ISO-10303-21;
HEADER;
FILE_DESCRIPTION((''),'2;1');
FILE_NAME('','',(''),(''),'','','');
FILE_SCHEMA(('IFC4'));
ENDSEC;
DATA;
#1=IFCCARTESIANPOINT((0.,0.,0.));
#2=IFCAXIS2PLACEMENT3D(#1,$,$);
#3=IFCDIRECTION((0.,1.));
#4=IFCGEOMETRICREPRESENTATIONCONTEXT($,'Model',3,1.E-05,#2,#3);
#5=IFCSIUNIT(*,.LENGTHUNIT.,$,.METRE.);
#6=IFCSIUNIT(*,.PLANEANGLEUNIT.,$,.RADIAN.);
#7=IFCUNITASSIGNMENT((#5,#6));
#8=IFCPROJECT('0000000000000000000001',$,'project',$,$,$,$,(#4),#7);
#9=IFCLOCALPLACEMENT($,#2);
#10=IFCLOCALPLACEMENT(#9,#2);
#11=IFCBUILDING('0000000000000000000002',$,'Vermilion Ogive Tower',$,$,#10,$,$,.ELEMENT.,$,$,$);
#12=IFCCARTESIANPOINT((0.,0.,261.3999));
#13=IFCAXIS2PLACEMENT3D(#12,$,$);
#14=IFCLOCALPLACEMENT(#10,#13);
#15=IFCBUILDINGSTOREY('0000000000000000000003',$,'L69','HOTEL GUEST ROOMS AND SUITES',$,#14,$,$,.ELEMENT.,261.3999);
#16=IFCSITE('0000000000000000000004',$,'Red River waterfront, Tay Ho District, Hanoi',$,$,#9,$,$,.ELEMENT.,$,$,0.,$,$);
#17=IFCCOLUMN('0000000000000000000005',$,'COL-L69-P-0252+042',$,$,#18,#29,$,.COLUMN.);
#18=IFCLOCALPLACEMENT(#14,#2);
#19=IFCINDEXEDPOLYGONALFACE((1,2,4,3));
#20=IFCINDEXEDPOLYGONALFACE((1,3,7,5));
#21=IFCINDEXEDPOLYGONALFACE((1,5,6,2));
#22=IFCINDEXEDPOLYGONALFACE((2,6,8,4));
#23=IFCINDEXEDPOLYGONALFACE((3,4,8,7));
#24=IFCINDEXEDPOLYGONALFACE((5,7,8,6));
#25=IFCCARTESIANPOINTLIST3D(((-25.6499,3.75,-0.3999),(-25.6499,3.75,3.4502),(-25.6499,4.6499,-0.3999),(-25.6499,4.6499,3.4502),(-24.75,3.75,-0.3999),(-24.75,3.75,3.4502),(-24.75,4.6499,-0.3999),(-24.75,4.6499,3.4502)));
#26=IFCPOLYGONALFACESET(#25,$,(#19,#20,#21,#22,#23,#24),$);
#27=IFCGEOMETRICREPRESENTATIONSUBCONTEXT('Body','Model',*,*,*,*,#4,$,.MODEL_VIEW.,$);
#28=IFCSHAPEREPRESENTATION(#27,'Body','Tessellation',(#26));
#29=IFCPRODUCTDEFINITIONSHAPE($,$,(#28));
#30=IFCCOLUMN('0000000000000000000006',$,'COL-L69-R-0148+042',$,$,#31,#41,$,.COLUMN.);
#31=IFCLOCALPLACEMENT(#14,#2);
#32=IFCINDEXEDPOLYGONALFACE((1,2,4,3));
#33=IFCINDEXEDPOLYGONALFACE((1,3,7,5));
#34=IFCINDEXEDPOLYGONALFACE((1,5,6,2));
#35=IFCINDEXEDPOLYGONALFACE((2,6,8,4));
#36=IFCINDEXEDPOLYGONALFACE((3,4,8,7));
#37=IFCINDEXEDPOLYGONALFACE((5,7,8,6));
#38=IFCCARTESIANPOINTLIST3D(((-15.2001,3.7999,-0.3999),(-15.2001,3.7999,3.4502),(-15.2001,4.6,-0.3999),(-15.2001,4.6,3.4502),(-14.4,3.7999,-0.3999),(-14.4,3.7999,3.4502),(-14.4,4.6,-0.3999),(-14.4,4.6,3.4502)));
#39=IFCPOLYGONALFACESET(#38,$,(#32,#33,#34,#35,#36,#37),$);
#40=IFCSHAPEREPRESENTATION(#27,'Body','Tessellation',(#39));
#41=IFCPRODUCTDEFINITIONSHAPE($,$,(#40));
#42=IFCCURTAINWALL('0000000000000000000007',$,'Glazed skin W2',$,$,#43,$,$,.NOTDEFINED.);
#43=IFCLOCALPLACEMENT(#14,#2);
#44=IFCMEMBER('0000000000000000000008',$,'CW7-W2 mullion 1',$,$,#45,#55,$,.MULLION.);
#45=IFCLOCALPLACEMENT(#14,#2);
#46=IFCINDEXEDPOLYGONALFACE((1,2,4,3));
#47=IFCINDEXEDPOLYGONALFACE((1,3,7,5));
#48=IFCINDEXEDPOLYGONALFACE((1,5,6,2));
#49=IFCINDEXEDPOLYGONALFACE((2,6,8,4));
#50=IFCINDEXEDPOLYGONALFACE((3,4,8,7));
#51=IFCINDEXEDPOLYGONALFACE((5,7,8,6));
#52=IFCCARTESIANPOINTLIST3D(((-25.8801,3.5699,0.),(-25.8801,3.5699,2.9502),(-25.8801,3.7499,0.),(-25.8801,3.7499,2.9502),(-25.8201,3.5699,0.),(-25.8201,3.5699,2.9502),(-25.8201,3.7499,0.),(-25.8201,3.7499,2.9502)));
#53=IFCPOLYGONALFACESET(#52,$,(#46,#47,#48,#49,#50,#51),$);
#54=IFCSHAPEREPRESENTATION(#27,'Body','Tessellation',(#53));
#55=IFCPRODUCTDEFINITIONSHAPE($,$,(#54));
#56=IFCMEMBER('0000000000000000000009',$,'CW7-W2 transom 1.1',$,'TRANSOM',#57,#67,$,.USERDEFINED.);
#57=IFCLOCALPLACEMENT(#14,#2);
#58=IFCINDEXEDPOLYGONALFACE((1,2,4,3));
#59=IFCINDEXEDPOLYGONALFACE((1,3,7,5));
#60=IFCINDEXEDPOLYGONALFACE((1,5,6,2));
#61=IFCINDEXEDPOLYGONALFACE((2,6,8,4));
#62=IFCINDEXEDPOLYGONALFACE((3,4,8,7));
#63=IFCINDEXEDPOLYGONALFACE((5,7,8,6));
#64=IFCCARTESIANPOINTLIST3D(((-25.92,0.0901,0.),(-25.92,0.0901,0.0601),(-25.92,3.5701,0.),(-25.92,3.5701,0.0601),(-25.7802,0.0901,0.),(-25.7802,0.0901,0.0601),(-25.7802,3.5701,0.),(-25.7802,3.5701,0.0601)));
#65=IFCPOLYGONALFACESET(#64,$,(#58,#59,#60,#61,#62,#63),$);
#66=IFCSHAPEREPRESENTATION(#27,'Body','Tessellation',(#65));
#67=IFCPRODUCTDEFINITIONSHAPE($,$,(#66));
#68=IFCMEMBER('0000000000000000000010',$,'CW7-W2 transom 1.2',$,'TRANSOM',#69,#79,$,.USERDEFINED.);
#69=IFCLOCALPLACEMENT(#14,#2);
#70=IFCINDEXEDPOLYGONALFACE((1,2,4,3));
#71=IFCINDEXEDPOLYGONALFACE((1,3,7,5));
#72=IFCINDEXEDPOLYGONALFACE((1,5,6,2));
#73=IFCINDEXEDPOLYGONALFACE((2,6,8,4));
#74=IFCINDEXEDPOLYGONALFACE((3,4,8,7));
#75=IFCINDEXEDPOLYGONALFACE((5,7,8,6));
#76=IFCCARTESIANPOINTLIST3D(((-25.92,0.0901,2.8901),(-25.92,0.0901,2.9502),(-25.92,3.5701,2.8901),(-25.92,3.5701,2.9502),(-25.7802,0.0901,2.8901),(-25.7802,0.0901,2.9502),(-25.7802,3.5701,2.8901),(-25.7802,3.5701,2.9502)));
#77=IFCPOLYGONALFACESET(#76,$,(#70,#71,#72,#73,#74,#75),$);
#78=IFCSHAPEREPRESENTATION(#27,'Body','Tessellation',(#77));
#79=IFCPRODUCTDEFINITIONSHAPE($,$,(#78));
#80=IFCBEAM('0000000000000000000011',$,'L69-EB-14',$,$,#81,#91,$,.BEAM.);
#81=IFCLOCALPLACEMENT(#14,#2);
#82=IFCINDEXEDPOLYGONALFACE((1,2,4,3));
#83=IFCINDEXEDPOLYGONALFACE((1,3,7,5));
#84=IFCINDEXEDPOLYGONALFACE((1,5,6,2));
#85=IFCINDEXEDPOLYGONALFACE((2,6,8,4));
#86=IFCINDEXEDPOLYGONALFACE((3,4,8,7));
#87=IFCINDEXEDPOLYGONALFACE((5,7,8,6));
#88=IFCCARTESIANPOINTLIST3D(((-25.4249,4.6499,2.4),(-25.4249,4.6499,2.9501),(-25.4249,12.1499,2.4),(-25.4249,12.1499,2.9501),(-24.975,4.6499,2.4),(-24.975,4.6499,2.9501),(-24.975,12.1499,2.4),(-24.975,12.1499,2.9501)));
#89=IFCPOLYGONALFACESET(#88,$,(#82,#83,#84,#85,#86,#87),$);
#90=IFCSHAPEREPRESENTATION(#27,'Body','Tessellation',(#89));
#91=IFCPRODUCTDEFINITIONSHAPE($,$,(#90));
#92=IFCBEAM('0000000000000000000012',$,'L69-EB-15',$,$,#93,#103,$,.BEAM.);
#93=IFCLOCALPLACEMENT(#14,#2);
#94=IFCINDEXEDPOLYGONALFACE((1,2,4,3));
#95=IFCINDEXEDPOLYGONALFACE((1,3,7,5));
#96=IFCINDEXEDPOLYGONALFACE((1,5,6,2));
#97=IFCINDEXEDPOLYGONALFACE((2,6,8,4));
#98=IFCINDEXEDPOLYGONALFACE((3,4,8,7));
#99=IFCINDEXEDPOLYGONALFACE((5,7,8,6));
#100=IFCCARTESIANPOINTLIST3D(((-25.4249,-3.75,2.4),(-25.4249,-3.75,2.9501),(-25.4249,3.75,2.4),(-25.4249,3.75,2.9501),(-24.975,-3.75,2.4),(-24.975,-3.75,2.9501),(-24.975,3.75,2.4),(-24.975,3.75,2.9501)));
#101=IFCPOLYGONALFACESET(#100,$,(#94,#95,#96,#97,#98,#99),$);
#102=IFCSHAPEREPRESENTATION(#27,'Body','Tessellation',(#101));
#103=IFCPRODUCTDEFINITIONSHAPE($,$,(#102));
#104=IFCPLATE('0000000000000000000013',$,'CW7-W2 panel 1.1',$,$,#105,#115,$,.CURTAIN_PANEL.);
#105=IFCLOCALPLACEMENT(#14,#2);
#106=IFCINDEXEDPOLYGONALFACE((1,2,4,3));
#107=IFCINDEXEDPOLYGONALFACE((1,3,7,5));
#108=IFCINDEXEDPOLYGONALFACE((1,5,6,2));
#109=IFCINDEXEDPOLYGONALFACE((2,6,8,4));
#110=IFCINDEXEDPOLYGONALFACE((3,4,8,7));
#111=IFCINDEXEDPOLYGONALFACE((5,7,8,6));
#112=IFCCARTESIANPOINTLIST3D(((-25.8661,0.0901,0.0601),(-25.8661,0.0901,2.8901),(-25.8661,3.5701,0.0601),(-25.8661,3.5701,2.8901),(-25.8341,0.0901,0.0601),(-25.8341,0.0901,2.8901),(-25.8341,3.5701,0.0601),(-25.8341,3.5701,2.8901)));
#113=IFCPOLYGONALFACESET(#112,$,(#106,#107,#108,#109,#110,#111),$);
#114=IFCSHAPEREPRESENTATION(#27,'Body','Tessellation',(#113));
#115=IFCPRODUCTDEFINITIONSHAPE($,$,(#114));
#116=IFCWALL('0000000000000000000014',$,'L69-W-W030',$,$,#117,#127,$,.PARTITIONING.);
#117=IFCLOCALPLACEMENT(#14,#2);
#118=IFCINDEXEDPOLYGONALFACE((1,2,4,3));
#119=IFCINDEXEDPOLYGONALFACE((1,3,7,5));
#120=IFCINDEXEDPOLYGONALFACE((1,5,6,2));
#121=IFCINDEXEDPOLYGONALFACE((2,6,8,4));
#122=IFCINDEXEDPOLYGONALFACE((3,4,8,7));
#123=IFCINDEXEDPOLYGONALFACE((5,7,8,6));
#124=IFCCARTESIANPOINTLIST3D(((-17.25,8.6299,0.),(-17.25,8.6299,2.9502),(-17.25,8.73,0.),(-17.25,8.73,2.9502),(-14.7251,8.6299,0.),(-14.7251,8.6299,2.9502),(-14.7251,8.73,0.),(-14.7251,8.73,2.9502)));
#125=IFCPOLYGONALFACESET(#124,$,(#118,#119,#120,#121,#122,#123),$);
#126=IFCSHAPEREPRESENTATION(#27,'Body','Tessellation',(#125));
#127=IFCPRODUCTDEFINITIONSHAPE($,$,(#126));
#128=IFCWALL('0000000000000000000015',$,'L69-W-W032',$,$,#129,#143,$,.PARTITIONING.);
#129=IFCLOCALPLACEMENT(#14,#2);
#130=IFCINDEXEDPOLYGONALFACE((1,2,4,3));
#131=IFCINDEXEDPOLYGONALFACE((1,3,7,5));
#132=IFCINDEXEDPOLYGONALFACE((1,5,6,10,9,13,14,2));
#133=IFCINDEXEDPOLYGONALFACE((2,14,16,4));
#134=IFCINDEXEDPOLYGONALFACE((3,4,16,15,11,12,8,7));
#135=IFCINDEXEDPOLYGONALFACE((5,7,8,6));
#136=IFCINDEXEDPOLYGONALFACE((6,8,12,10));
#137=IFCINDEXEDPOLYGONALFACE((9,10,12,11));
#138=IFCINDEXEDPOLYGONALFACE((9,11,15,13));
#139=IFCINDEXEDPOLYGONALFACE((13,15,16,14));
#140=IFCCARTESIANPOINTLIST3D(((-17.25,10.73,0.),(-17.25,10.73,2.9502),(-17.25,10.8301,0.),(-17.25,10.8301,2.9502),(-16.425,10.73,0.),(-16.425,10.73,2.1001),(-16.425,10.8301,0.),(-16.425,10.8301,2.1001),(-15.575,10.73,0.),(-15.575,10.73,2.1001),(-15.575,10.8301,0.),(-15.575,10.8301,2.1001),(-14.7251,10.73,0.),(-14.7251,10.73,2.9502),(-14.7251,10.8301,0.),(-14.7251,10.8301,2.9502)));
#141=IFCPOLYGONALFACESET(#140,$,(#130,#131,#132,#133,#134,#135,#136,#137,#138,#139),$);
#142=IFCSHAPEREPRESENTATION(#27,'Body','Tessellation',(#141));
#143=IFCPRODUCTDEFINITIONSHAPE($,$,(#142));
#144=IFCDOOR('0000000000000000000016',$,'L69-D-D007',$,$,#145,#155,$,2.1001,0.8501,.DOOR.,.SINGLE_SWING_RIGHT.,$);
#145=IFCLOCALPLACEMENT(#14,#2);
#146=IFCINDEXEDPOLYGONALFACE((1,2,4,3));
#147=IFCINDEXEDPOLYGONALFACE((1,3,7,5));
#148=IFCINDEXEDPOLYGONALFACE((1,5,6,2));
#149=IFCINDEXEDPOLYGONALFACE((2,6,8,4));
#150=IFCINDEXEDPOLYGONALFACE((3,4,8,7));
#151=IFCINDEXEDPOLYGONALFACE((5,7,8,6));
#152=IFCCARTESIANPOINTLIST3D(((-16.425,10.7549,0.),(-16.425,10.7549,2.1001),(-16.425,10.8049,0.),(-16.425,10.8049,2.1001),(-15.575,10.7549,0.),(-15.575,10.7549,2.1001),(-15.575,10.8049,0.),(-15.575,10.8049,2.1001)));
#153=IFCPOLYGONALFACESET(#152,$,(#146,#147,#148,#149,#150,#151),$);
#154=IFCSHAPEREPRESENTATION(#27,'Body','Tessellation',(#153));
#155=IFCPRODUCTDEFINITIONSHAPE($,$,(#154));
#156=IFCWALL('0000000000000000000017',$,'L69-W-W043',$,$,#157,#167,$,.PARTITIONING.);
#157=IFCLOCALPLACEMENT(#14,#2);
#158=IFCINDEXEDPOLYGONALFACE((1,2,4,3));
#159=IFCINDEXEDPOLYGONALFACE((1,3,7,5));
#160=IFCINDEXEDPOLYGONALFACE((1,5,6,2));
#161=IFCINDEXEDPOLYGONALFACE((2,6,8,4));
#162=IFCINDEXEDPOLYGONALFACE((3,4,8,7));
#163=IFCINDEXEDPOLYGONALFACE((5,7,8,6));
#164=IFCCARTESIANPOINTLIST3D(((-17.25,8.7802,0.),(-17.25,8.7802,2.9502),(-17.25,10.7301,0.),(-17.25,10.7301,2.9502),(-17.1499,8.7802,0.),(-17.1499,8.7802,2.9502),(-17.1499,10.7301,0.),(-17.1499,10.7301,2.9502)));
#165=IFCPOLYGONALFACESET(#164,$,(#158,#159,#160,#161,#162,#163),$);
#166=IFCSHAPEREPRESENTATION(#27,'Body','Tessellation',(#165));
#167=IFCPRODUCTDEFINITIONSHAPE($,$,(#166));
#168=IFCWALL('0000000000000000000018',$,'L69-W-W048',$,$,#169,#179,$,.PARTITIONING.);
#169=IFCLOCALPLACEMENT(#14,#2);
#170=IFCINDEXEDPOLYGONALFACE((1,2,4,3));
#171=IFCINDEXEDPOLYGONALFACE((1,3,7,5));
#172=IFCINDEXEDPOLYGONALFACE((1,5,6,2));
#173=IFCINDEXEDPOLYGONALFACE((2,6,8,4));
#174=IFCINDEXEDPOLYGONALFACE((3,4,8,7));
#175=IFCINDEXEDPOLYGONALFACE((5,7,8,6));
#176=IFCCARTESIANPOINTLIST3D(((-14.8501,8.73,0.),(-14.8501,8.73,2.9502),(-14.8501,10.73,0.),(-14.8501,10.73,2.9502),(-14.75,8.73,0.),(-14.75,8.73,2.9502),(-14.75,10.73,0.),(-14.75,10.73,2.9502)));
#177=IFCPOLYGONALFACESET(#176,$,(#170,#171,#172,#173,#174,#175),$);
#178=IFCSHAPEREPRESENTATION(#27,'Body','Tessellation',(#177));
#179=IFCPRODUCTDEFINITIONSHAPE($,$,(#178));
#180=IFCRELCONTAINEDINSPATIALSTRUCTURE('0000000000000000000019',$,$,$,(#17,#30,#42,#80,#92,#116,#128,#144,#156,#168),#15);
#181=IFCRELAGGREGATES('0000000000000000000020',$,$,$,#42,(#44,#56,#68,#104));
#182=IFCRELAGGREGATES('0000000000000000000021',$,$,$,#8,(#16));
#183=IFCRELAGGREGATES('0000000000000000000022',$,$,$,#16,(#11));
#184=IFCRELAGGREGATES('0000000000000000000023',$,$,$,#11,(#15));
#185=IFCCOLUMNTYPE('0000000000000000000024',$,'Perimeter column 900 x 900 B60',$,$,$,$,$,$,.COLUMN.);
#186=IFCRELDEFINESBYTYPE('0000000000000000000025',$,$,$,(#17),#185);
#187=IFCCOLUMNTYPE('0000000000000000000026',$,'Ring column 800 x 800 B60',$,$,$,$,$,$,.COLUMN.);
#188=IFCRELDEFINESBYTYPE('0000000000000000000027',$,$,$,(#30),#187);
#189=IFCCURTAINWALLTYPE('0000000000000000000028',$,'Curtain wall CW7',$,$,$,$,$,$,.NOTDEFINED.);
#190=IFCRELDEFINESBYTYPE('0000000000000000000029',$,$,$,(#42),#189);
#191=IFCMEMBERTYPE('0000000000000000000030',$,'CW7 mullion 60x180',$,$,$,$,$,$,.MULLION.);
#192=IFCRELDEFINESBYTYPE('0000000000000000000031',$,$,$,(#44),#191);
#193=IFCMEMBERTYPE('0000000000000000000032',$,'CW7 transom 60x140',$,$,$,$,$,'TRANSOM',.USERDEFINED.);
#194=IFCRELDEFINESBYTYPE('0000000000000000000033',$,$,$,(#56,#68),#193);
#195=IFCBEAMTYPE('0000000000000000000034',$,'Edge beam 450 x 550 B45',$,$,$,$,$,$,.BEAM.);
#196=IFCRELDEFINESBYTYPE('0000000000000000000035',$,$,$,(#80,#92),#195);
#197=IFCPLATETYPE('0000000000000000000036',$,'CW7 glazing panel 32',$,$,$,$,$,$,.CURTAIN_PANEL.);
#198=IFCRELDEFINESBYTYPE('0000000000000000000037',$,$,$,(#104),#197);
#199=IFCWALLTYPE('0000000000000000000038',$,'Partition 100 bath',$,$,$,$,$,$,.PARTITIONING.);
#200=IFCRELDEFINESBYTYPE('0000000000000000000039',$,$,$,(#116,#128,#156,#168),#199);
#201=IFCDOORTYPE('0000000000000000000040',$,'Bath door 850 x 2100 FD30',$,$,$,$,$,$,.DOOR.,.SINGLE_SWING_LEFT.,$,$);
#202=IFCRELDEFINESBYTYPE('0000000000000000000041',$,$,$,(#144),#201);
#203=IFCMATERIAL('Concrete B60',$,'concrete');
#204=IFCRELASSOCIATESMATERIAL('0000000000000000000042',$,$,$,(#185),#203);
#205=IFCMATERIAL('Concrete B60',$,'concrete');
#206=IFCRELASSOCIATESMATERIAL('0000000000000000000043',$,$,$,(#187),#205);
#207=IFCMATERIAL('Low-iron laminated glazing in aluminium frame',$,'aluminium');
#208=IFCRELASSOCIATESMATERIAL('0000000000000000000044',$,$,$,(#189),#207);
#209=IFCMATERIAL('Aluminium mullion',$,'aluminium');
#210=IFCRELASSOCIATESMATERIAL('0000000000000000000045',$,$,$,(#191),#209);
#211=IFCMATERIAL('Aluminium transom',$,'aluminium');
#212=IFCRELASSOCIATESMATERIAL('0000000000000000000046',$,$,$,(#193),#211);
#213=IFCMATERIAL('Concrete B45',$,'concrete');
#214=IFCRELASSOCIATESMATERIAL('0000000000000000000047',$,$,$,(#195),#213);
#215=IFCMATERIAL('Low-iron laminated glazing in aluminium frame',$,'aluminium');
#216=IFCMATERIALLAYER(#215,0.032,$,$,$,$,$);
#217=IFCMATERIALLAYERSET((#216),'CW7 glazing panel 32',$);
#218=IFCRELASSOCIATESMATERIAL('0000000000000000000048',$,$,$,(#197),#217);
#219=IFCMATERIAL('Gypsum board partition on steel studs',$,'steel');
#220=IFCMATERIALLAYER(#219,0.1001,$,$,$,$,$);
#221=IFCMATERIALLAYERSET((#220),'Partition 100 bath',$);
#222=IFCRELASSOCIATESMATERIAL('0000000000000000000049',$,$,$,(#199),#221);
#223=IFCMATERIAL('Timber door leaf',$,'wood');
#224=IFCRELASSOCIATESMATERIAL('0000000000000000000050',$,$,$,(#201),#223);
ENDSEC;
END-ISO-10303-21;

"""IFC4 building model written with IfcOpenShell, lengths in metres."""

from ifc_helpers import new_model, si_unit, direction, frame, frame_2d, origin, origin_2d, place, context, subcontext, project, spatial, rectangle, extrude, material, layer, layer_set, material_profile, profile_set, type_object, element, fill, aggregate, save


model = new_model("IFC4")

# Units and contexts
model_context = context("Model", 3, precision=1e-05, world=origin(), true_north=direction((0.0, 1.0)))
body_context = subcontext(model_context, "Body", "Model", "MODEL_VIEW")
ifc_project = project(units=[si_unit("LENGTHUNIT", "METRE"), si_unit("PLANEANGLEUNIT", "RADIAN")], contexts=[model_context])

# Site, building, storey
site_placement = place(None, origin())
site = spatial("IfcSite", under=ifc_project, at=site_placement, Name="Red River waterfront, Tay Ho District, Hanoi", CompositionType="ELEMENT", RefElevation=0.0)
building_placement = place(site_placement, origin())
building = spatial("IfcBuilding", under=site, at=building_placement, Name="Vermilion Ogive Tower", CompositionType="ELEMENT")
storey_placement = place(building_placement, frame((0.0, 0.0, 261.3999)))
storey = spatial("IfcBuildingStorey", under=building, at=storey_placement, Name="L69", Description="HOTEL GUEST ROOMS AND SUITES", CompositionType="ELEMENT", Elevation=261.3999)

# Columns
ifc_material_1 = material(Name="Concrete B60", Category="concrete")
ifc_material_profile_1 = material_profile(ifc_material_1, rectangle(XDim=0.8999, YDim=0.8999, at=origin_2d()), Name="900 x 900")
ifc_profile_set_1 = profile_set([ifc_material_profile_1], Name="Concrete B60")
column_type_1 = type_object("IfcColumnType", Name="Perimeter column 900 x 900 B60", PredefinedType="COLUMN", material=ifc_profile_set_1)
column_1_placement = place(storey_placement, frame((-25.2, 4.2, -0.3999), z_axis=(0.0, 0.0, 1.0), x_axis=(1.0, 0.0, 0.0)))
element("IfcColumn", 1, at=column_1_placement, inside=storey, type_object=column_type_1, Name="COL-L69-P-0252+042", PredefinedType="COLUMN", context=body_context, shape_type="SweptSolid", body=[
    extrude(rectangle(XDim=0.8999, YDim=0.8999, at=origin_2d()), origin(), (0.0, 0.0, 1.0), 3.8501),
])
ifc_material_2 = material(Name="Concrete B60", Category="concrete")
ifc_material_profile_2 = material_profile(ifc_material_2, rectangle(XDim=0.8, YDim=0.8, at=origin_2d()), Name="800 x 800")
ifc_profile_set_2 = profile_set([ifc_material_profile_2], Name="Concrete B60")
column_type_2 = type_object("IfcColumnType", Name="Ring column 800 x 800 B60", PredefinedType="COLUMN", material=ifc_profile_set_2)
column_2_placement = place(storey_placement, frame((-14.8, 4.2, -0.3999), z_axis=(0.0, 0.0, 1.0), x_axis=(1.0, 0.0, 0.0)))
element("IfcColumn", 2, at=column_2_placement, inside=storey, type_object=column_type_2, Name="COL-L69-R-0148+042", PredefinedType="COLUMN", context=body_context, shape_type="SweptSolid", body=[
    extrude(rectangle(XDim=0.8, YDim=0.8, at=origin_2d()), origin(), (0.0, 0.0, 1.0), 3.8501),
])

# Curtain wall, members
ifc_material_3 = material(Name="Low-iron laminated glazing in aluminium frame", Category="aluminium")
curtain_wall_type = type_object("IfcCurtainWallType", Name="Curtain wall CW7", PredefinedType="NOTDEFINED", material=ifc_material_3)
curtain_wall_placement = place(storey_placement, origin())
curtain_wall = element("IfcCurtainWall", 3, at=curtain_wall_placement, inside=storey, type_object=curtain_wall_type, Name="Glazed skin W2", PredefinedType="NOTDEFINED")
ifc_material_4 = material(Name="Aluminium mullion", Category="aluminium")
ifc_material_profile_3 = material_profile(ifc_material_4, rectangle(XDim=0.0601, YDim=0.1799, at=origin_2d()), Name="AL 60x180")
ifc_profile_set_3 = profile_set([ifc_material_profile_3], Name="Aluminium mullion")
member_type_1 = type_object("IfcMemberType", Name="CW7 mullion 60x180", PredefinedType="MULLION", material=ifc_profile_set_3)
member_1_placement = place(storey_placement, frame((-25.8501, 3.6599, 0.0), z_axis=(0.0, 0.0, 1.0), x_axis=(1.0, 0.0, 0.0)))
member_1 = element("IfcMember", 4, at=member_1_placement, type_object=member_type_1, Name="CW7-W2 mullion 1", PredefinedType="MULLION", context=body_context, shape_type="SweptSolid", body=[
    extrude(rectangle(XDim=0.0601, YDim=0.1799, at=origin_2d()), origin(), (0.0, 0.0, 1.0), 2.9502),
])
ifc_material_5 = material(Name="Aluminium transom", Category="aluminium")
ifc_material_profile_4 = material_profile(ifc_material_5, rectangle(XDim=0.1399, YDim=0.0601, at=origin_2d()), Name="AL 60x140")
ifc_profile_set_4 = profile_set([ifc_material_profile_4], Name="Aluminium transom")
member_type_2 = type_object("IfcMemberType", Name="CW7 transom 60x140", ElementType="TRANSOM", PredefinedType="USERDEFINED", material=ifc_profile_set_4)
member_2_placement = place(storey_placement, frame((-25.8501, 3.5701, 0.03), z_axis=(0.0, -1.0, 0.0), x_axis=(1.0, 0.0, 0.0)))
member_2 = element("IfcMember", 5, at=member_2_placement, type_object=member_type_2, Name="CW7-W2 transom 1.1", ObjectType="TRANSOM", PredefinedType="USERDEFINED", context=body_context, shape_type="SweptSolid", body=[
    extrude(rectangle(XDim=0.1399, YDim=0.0601, at=origin_2d()), origin(), (0.0, 0.0, 1.0), 3.48),
])
member_3_placement = place(storey_placement, frame((-25.8501, 3.5701, 2.9202), z_axis=(0.0, -1.0, 0.0), x_axis=(1.0, 0.0, 0.0)))
member_3 = element("IfcMember", 6, at=member_3_placement, type_object=member_type_2, Name="CW7-W2 transom 1.2", ObjectType="TRANSOM", PredefinedType="USERDEFINED", context=body_context, shape_type="SweptSolid", body=[
    extrude(rectangle(XDim=0.1399, YDim=0.0601, at=origin_2d()), origin(), (0.0, 0.0, 1.0), 3.48),
])

# Beams
ifc_material_6 = material(Name="Concrete B45", Category="concrete")
ifc_material_profile_5 = material_profile(ifc_material_6, rectangle(XDim=0.45, YDim=0.55, at=origin_2d()), Name="450 x 550")
ifc_profile_set_5 = profile_set([ifc_material_profile_5], Name="Concrete B45")
beam_type = type_object("IfcBeamType", Name="Edge beam 450 x 550 B45", PredefinedType="BEAM", material=ifc_profile_set_5)
for number, where, z_axis, x_axis, name in (
    (7, (-25.2, 12.1499, 2.675), (0.0, -1.0, 0.0), (1.0, 0.0, 0.0), "L69-EB-14"),
    (8, (-25.2, 3.75, 2.675), (0.0, -1.0, 0.0), (1.0, 0.0, 0.0), "L69-EB-15"),
):
    element("IfcBeam", number, at=place(storey_placement, frame(where, z_axis=z_axis, x_axis=x_axis)), inside=storey, type_object=beam_type, Name=name, PredefinedType="BEAM", context=body_context, shape_type="SweptSolid", body=[
        extrude(rectangle(XDim=0.45, YDim=0.55, at=origin_2d()), origin(), (0.0, 0.0, 1.0), 7.5),
    ])

# Plate
ifc_material_7 = material(Name="Low-iron laminated glazing in aluminium frame", Category="aluminium")
ifc_layer_1 = layer(ifc_material_7, 0.032)
ifc_layer_set_1 = layer_set([ifc_layer_1], Name="CW7 glazing panel 32")
plate_type = type_object("IfcPlateType", Name="CW7 glazing panel 32", PredefinedType="CURTAIN_PANEL", material=ifc_layer_set_1)
plate_placement = place(storey_placement, frame((-25.8501, 1.8301, 0.0601), z_axis=(0.0, 0.0, 1.0), x_axis=(0.0, -1.0, 0.0)))
plate = element("IfcPlate", 9, at=plate_placement, type_object=plate_type, Name="CW7-W2 panel 1.1", PredefinedType="CURTAIN_PANEL", context=body_context, shape_type="SweptSolid", body=[
    extrude(rectangle(XDim=3.48, YDim=0.032, at=origin_2d()), origin(), (0.0, 0.0, 1.0), 2.8301),
])
aggregate(curtain_wall, [member_1, member_2, member_3, plate])

# Wall
ifc_material_8 = material(Name="Gypsum board partition on steel studs", Category="steel")
ifc_layer_2 = layer(ifc_material_8, 0.1001)
ifc_layer_set_2 = layer_set([ifc_layer_2], Name="Partition 100 bath")
wall_type_1 = type_object("IfcWallType", Name="Partition 100 bath", PredefinedType="PARTITIONING", material=ifc_layer_set_2)
wall_1_placement = place(storey_placement, frame((-17.25, 8.6799, 0.0), z_axis=(0.0, 0.0, 1.0), x_axis=(1.0, 0.0, 0.0)))
element("IfcWall", 10, at=wall_1_placement, inside=storey, type_object=wall_type_1, Name="L69-W-W030", PredefinedType="PARTITIONING", context=body_context, shape_type="SweptSolid", body=[
    extrude(rectangle(XDim=2.5249, YDim=0.1001, at=frame_2d((1.2625, 0.0))), origin(), (0.0, 0.0, 1.0), 2.9502),
])

# Wall, opening, door
wall_2_placement = place(storey_placement, frame((-17.25, 10.78, 0.0), z_axis=(0.0, 0.0, 1.0), x_axis=(1.0, 0.0, 0.0)))
wall_2 = element("IfcWall", 11, at=wall_2_placement, inside=storey, type_object=wall_type_1, Name="L69-W-W032", PredefinedType="PARTITIONING", context=body_context, shape_type="SweptSolid", body=[
    extrude(rectangle(XDim=2.5249, YDim=0.1001, at=frame_2d((1.2625, 0.0))), origin(), (0.0, 0.0, 1.0), 2.9502),
])
opening_1_placement = place(wall_2_placement, frame((0.825, 0.0, 0.0)))
opening_1 = element("IfcOpeningElement", 12, at=opening_1_placement, cuts=wall_2, PredefinedType="OPENING", context=body_context, shape_type="SweptSolid", body=[
    extrude(rectangle(XDim=0.8501, YDim=2.1001, at=frame_2d((0.425, 1.05))), frame((0.0, 0.0601, 0.0), z_axis=(0.0, -1.0, 0.0), x_axis=(1.0, 0.0, 0.0)), (0.0, 0.0, 1.0), 0.1201),
])
ifc_material_9 = material(Name="Timber door leaf", Category="wood")
door_type_1 = type_object("IfcDoorType", Name="Bath door 850 x 2100 FD30", OperationType="SINGLE_SWING_LEFT", PredefinedType="DOOR", material=ifc_material_9)
door_1_placement = place(opening_1_placement, origin())
door_1 = element("IfcDoor", 13, at=door_1_placement, inside=storey, type_object=door_type_1, Name="L69-D-D007", OperationType="SINGLE_SWING_RIGHT", OverallHeight=2.1001, OverallWidth=0.8501, PredefinedType="DOOR", context=body_context, shape_type="SweptSolid", body=[
    extrude(rectangle(XDim=0.8501, YDim=2.1001, at=frame_2d((0.425, 1.05))), frame((0.0, 0.0249, 0.0), z_axis=(0.0, -1.0, 0.0), x_axis=(1.0, 0.0, 0.0)), (0.0, 0.0, 1.0), 0.05),
])
fill(opening_1, door_1)

# Walls
wall_3_placement = place(storey_placement, frame((-17.2, 8.78, 0.0), z_axis=(0.0, 0.0, 1.0), x_axis=(0.0, 1.0, 0.0)))
element("IfcWall", 14, at=wall_3_placement, inside=storey, type_object=wall_type_1, Name="L69-W-W043", PredefinedType="PARTITIONING", context=body_context, shape_type="SweptSolid", body=[
    extrude(rectangle(XDim=1.95, YDim=0.1001, at=frame_2d((0.9751, 0.0))), origin(), (0.0, 0.0, 1.0), 2.9502),
])
wall_4_placement = place(storey_placement, frame((-14.8, 8.73, 0.0), z_axis=(0.0, 0.0, 1.0), x_axis=(0.0, 1.0, 0.0)))
element("IfcWall", 15, at=wall_4_placement, inside=storey, type_object=wall_type_1, Name="L69-W-W048", PredefinedType="PARTITIONING", context=body_context, shape_type="SweptSolid", body=[
    extrude(rectangle(XDim=2.0, YDim=0.1001, at=frame_2d((1.0, 0.0))), origin(), (0.0, 0.0, 1.0), 2.9502),
])

save(model, "model.ifc")
